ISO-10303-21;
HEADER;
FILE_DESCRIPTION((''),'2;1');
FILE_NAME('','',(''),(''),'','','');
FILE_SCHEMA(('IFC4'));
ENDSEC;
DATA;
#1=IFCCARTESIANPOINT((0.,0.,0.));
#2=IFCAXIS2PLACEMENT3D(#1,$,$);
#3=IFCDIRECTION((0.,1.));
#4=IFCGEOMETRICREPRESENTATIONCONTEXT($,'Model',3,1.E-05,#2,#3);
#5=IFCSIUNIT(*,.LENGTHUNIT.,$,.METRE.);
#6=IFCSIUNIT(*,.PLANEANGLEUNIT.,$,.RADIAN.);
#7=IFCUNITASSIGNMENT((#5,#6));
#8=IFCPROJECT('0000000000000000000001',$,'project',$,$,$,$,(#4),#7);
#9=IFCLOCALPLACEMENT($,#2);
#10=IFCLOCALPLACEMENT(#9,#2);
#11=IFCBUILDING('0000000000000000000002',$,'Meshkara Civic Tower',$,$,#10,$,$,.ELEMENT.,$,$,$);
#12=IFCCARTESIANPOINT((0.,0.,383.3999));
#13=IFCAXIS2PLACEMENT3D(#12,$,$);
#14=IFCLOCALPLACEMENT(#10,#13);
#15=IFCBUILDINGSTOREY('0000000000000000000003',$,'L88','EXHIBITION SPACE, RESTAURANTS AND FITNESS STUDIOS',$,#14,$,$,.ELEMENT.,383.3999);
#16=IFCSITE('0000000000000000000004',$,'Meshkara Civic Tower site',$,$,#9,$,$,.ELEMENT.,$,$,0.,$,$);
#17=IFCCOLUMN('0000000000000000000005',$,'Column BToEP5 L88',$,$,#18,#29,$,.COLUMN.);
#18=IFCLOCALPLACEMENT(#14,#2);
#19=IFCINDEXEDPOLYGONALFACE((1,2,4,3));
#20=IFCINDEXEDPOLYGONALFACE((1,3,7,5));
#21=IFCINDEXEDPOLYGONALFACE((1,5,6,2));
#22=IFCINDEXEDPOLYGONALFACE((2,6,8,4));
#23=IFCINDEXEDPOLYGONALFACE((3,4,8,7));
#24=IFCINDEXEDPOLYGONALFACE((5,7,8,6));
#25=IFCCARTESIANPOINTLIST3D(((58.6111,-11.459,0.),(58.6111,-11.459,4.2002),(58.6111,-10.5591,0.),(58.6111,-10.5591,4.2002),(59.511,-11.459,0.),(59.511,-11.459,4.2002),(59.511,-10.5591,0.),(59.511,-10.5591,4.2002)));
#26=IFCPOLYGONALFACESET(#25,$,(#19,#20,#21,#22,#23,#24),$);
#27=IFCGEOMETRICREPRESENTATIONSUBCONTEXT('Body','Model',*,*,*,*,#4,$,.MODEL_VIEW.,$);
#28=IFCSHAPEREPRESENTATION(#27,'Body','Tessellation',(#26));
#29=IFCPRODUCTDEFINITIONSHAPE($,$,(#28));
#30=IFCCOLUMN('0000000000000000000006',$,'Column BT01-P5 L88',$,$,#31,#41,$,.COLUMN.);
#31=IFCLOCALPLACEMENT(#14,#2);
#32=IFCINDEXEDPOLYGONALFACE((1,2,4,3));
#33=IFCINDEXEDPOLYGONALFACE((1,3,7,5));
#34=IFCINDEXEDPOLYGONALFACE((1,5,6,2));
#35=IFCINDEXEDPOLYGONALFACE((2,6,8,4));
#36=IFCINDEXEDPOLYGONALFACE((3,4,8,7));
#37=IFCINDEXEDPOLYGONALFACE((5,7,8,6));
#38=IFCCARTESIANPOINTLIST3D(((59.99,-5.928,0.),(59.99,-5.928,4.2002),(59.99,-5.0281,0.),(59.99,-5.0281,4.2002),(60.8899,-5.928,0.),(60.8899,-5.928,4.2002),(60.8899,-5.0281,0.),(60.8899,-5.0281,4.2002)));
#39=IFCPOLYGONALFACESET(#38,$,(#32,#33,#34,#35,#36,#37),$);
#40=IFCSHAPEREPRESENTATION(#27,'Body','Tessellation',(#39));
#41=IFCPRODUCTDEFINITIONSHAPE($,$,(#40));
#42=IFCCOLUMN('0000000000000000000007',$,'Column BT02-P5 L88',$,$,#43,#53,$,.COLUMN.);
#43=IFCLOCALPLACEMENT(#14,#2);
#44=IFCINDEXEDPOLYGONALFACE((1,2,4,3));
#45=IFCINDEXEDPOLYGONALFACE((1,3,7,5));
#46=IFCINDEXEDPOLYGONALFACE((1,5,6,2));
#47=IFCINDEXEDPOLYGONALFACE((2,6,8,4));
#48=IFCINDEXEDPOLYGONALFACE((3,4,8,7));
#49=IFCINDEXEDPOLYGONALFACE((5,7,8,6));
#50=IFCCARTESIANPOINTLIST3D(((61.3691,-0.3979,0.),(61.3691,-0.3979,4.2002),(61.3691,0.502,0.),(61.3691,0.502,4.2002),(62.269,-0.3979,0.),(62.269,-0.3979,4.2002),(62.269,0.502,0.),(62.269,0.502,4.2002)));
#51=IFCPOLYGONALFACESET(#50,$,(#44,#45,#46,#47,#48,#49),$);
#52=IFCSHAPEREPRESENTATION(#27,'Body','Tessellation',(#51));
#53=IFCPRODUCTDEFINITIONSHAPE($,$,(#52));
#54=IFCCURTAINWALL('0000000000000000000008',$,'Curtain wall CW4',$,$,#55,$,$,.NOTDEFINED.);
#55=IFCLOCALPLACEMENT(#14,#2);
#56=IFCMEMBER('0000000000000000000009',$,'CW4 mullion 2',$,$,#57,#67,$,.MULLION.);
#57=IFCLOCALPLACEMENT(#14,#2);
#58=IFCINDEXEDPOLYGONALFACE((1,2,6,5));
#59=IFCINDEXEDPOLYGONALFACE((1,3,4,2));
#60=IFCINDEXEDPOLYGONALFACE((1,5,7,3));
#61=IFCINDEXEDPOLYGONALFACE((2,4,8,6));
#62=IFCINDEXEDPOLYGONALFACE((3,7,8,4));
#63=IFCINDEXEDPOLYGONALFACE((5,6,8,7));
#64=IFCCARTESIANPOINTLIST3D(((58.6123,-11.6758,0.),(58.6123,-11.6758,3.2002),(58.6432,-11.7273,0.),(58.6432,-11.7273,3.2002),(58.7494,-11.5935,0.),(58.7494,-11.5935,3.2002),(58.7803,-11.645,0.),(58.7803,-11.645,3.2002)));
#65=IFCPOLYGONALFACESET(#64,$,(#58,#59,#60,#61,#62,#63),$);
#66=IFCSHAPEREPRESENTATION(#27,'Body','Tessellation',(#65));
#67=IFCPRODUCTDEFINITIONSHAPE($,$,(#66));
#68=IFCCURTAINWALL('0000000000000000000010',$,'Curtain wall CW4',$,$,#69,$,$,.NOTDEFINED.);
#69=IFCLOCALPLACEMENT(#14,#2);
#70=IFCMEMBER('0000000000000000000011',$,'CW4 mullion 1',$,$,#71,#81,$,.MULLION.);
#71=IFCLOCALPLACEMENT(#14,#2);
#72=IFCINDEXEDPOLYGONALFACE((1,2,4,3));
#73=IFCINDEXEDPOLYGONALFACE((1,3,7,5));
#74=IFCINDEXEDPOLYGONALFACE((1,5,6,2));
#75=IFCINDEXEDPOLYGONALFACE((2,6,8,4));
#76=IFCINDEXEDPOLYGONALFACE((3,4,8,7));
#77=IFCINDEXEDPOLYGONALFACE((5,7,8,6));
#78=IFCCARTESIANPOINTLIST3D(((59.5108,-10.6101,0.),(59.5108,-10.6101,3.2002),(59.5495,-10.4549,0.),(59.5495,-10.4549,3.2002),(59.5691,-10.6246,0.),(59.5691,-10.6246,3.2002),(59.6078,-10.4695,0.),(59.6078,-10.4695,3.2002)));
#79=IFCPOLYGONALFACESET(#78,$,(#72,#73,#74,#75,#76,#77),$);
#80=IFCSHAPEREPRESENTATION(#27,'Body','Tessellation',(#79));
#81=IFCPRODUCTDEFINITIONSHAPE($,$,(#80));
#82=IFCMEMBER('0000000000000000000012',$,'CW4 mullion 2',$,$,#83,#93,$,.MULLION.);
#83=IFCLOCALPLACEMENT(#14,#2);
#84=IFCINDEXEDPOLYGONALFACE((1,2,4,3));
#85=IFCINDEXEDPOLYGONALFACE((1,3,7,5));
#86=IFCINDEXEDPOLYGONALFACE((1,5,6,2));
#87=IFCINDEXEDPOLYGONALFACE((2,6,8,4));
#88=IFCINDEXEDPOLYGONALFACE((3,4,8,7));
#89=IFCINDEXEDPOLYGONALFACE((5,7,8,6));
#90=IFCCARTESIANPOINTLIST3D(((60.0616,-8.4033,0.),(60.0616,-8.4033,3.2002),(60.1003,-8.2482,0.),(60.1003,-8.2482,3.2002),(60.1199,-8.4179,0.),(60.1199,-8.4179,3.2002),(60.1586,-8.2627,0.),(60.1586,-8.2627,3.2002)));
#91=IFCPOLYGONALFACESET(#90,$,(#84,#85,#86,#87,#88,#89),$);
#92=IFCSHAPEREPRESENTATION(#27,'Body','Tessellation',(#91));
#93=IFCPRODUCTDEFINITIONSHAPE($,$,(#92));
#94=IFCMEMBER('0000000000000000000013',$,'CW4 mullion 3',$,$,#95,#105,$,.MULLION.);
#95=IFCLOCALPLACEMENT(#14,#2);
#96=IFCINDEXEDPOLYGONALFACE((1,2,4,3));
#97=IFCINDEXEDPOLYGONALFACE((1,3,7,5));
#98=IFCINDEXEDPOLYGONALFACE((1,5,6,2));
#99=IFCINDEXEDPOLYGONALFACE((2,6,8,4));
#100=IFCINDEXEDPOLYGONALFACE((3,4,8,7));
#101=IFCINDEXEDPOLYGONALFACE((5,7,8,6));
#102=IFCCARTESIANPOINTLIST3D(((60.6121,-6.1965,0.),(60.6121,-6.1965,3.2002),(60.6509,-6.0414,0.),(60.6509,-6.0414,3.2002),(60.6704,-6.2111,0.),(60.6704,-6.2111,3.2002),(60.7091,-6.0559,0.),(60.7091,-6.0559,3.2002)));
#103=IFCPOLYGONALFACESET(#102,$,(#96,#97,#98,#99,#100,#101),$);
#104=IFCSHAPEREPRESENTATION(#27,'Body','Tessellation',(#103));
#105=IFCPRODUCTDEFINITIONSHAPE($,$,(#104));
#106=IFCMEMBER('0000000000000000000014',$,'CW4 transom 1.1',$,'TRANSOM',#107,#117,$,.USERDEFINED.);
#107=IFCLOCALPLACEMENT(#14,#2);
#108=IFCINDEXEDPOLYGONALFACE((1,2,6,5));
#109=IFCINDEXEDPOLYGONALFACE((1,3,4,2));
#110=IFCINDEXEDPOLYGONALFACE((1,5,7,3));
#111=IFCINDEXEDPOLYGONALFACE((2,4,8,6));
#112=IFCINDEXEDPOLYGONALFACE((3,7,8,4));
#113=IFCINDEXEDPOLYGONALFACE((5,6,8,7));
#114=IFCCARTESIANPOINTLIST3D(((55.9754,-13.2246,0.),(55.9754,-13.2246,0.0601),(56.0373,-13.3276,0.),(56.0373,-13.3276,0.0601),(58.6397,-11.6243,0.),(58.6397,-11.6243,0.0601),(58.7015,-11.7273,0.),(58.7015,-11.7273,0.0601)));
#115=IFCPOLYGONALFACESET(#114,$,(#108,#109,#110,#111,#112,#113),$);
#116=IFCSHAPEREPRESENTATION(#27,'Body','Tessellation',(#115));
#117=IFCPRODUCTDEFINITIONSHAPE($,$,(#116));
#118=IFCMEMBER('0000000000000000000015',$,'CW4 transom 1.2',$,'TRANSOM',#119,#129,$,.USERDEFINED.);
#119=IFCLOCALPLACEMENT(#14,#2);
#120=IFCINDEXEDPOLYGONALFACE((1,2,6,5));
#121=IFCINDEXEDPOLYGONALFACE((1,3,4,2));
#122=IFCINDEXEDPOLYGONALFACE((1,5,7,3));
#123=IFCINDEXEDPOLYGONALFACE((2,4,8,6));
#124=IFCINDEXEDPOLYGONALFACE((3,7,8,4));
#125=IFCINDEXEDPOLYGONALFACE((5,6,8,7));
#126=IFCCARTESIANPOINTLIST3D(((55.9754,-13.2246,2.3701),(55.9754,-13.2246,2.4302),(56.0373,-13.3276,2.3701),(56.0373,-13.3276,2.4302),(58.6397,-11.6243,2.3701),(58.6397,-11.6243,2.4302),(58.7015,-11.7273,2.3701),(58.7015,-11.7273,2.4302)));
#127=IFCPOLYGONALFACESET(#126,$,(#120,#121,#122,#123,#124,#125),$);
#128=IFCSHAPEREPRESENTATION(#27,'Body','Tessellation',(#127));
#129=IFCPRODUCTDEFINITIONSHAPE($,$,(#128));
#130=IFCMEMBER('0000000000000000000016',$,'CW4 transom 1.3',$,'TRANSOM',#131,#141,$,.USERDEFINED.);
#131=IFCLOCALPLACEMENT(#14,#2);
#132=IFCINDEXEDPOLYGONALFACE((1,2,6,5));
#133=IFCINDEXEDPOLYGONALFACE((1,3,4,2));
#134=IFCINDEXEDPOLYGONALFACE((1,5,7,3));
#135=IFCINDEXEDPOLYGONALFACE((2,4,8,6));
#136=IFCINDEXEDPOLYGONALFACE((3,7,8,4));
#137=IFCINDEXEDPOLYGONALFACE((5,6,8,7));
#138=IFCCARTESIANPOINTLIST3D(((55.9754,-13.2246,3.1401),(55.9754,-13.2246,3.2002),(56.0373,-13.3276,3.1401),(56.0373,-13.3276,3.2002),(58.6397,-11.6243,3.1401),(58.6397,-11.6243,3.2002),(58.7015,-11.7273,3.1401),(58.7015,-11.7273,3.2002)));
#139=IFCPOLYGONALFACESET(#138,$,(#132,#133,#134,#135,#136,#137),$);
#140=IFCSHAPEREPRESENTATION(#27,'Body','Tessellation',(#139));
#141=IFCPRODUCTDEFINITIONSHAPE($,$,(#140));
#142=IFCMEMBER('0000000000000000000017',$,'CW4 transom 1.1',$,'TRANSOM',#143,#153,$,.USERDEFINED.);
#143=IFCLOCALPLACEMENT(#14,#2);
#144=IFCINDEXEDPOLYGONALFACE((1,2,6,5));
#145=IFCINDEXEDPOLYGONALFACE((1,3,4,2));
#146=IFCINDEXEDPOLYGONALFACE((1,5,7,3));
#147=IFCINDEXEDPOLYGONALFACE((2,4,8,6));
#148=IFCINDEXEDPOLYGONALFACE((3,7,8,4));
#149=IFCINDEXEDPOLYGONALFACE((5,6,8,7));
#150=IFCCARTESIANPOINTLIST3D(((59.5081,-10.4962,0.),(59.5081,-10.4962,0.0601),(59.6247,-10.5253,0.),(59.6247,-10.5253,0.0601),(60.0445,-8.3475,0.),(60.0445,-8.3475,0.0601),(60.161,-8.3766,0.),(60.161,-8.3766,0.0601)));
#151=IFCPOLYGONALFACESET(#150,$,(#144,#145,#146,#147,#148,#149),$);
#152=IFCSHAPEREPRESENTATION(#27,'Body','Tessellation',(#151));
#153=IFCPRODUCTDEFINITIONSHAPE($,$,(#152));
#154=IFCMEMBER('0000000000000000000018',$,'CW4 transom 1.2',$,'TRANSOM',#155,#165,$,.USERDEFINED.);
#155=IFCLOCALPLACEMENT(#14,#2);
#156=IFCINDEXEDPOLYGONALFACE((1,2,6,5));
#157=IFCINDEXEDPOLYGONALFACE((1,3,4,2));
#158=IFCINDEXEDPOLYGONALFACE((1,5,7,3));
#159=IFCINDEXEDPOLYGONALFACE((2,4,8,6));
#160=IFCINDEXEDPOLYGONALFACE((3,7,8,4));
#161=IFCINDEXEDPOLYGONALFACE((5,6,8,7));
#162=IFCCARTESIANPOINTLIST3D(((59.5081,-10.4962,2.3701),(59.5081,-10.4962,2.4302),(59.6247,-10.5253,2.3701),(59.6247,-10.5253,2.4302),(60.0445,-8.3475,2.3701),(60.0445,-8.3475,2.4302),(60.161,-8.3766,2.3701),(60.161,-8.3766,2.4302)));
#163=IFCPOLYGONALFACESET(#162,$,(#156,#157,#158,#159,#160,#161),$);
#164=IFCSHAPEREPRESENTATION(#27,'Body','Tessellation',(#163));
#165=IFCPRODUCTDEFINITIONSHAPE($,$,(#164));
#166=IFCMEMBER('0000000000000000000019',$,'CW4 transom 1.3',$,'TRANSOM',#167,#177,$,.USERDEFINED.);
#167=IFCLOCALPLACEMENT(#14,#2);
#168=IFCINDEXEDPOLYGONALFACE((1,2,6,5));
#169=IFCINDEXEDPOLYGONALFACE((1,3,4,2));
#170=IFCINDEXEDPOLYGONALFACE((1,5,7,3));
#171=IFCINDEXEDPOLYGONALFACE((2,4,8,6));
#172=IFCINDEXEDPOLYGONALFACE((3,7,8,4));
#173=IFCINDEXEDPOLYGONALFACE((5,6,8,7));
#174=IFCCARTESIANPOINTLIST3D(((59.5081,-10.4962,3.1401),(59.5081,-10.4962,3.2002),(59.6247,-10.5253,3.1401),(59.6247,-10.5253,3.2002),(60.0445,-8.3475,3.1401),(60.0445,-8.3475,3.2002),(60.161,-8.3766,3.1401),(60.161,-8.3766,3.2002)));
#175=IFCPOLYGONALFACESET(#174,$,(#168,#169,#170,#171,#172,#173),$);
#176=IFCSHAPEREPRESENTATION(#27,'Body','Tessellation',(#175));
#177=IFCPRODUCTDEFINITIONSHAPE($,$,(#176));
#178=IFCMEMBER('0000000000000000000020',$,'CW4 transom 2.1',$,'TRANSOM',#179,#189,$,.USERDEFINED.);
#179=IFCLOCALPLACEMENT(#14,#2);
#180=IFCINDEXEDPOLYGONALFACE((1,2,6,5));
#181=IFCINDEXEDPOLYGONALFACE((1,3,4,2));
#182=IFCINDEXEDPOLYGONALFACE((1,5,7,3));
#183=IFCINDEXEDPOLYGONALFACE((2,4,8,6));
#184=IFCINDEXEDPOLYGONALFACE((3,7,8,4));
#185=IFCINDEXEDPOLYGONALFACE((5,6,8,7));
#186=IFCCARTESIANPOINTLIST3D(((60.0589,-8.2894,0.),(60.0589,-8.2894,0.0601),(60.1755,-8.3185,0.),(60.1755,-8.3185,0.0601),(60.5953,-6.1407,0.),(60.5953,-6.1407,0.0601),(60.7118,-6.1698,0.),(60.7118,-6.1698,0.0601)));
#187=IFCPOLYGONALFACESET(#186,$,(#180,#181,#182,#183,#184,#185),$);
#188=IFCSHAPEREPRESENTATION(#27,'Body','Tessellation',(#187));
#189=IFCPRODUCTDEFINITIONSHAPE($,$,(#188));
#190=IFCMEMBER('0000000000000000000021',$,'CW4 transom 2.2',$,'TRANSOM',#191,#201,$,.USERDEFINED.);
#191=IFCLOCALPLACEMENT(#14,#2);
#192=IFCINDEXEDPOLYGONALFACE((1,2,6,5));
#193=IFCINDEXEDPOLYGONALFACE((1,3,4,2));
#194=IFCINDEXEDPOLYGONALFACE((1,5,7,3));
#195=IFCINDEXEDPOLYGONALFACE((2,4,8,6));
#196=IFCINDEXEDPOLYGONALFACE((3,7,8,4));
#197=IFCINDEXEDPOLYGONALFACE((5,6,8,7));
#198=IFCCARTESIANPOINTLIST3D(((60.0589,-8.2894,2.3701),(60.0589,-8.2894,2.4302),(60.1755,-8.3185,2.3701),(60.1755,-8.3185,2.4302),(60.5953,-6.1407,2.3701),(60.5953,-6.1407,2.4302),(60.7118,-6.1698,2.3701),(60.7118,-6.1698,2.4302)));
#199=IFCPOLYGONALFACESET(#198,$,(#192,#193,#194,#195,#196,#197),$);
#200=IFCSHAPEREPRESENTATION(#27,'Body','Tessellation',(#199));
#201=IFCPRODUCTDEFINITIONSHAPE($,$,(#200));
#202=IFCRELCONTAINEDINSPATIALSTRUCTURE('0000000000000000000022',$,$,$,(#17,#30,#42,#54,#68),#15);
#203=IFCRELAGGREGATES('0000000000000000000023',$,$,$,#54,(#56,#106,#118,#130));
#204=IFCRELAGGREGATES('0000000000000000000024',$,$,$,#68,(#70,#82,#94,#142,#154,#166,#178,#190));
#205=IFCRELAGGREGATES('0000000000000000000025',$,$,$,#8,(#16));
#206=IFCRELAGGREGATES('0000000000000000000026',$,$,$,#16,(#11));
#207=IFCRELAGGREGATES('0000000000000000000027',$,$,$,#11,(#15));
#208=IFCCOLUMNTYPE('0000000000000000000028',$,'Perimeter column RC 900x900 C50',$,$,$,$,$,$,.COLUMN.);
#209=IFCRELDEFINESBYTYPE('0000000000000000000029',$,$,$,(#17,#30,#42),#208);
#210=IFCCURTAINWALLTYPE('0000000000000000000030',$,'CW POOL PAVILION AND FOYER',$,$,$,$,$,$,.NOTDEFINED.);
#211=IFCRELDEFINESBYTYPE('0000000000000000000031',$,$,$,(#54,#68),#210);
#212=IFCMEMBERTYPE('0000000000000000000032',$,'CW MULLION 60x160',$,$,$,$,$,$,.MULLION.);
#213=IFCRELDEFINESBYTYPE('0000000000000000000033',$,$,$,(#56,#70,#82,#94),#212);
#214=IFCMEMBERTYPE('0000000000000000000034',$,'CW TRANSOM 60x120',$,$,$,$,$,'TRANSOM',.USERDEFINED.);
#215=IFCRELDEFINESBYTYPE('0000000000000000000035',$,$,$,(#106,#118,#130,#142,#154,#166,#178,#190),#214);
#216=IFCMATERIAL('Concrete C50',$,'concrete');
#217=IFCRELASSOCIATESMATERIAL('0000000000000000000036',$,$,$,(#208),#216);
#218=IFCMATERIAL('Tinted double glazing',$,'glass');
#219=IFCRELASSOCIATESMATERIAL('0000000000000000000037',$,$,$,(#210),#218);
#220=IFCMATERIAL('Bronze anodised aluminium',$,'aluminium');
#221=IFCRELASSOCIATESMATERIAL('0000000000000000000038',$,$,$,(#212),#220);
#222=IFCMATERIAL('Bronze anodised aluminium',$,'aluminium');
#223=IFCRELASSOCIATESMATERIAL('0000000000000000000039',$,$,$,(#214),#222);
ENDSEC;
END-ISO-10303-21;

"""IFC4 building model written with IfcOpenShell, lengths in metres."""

from ifc_helpers import new_model, si_unit, direction, frame, origin, origin_2d, place, context, subcontext, project, spatial, rectangle, extrude, material, material_profile, profile_set, type_object, element, aggregate, save


model = new_model("IFC4")

# Units and contexts
model_context = context("Model", 3, precision=1e-05, world=origin(), true_north=direction((0.0, 1.0)))
body_context = subcontext(model_context, "Body", "Model", "MODEL_VIEW")
ifc_project = project(units=[si_unit("LENGTHUNIT", "METRE"), si_unit("PLANEANGLEUNIT", "RADIAN")], contexts=[model_context])

# Site, building, storey
site_placement = place(None, origin())
site = spatial("IfcSite", under=ifc_project, at=site_placement, Name="Meshkara Civic Tower site", CompositionType="ELEMENT", RefElevation=0.0)
building_placement = place(site_placement, origin())
building = spatial("IfcBuilding", under=site, at=building_placement, Name="Meshkara Civic Tower", CompositionType="ELEMENT")
storey_placement = place(building_placement, frame((0.0, 0.0, 383.3999)))
storey = spatial("IfcBuildingStorey", under=building, at=storey_placement, Name="L88", Description="EXHIBITION SPACE, RESTAURANTS AND FITNESS STUDIOS", CompositionType="ELEMENT", Elevation=383.3999)

# Columns
ifc_material_1 = material(Name="Concrete C50", Category="concrete")
ifc_material_profile_1 = material_profile(ifc_material_1, rectangle(XDim=0.8999, YDim=0.8999, at=origin_2d()))
ifc_profile_set_1 = profile_set([ifc_material_profile_1], Name="Concrete C50")
column_type = type_object("IfcColumnType", Name="Perimeter column RC 900x900 C50", PredefinedType="COLUMN", material=ifc_profile_set_1)
for number, where, z_axis, x_axis, name in (
    (1, (59.061, -11.009, 0.0), (0.0, 0.0, 1.0), (1.0, 0.0, 0.0), "Column BToEP5 L88"),
    (2, (60.4399, -5.478, 0.0), (0.0, 0.0, 1.0), (1.0, 0.0, 0.0), "Column BT01-P5 L88"),
    (3, (61.8191, 0.052, 0.0), (0.0, 0.0, 1.0), (1.0, 0.0, 0.0), "Column BT02-P5 L88"),
):
    element("IfcColumn", number, at=place(storey_placement, frame(where, z_axis=z_axis, x_axis=x_axis)), inside=storey, type_object=column_type, Name=name, PredefinedType="COLUMN", context=body_context, shape_type="SweptSolid", body=[
        extrude(rectangle(XDim=0.8999, YDim=0.8999, at=origin_2d()), origin(), (0.0, 0.0, 1.0), 4.2002),
    ])

# Curtain wall, member
ifc_material_2 = material(Name="Tinted double glazing", Category="glass")
curtain_wall_type = type_object("IfcCurtainWallType", Name="CW POOL PAVILION AND FOYER", PredefinedType="NOTDEFINED", material=ifc_material_2)
curtain_wall_1_placement = place(storey_placement, origin())
curtain_wall_1 = element("IfcCurtainWall", 4, at=curtain_wall_1_placement, inside=storey, type_object=curtain_wall_type, Name="Curtain wall CW4", PredefinedType="NOTDEFINED")
ifc_material_3 = material(Name="Bronze anodised aluminium", Category="aluminium")
ifc_material_profile_2 = material_profile(ifc_material_3, rectangle(XDim=0.0601, YDim=0.1599, at=origin_2d()))
ifc_profile_set_2 = profile_set([ifc_material_profile_2], Name="Bronze anodised aluminium")
member_type_1 = type_object("IfcMemberType", Name="CW MULLION 60x160", PredefinedType="MULLION", material=ifc_profile_set_2)
member_1_placement = place(storey_placement, frame((58.6963, -11.6604, 0.0), z_axis=(0.0, 0.0, 1.0), x_axis=(-0.514906, 0.857247, 0.0)))
member_1 = element("IfcMember", 5, at=member_1_placement, type_object=member_type_1, Name="CW4 mullion 2", PredefinedType="MULLION", context=body_context, shape_type="SweptSolid", body=[
    extrude(rectangle(XDim=0.0601, YDim=0.1599, at=origin_2d()), origin(), (0.0, 0.0, 1.0), 3.2002),
])

# Curtain wall, members
curtain_wall_2_placement = place(storey_placement, origin())
curtain_wall_2 = element("IfcCurtainWall", 6, at=curtain_wall_2_placement, inside=storey, type_object=curtain_wall_type, Name="Curtain wall CW4", PredefinedType="NOTDEFINED")
member_2_placement = place(storey_placement, frame((59.5593, -10.5398, 0.0), z_axis=(0.0, 0.0, 1.0), x_axis=(-0.970245, 0.242127, 0.0)))
member_2 = element("IfcMember", 7, at=member_2_placement, type_object=member_type_1, Name="CW4 mullion 1", PredefinedType="MULLION", context=body_context, shape_type="SweptSolid", body=[
    extrude(rectangle(XDim=0.0601, YDim=0.1599, at=origin_2d()), origin(), (0.0, 0.0, 1.0), 3.2002),
])
member_3_placement = place(storey_placement, frame((60.1101, -8.333, 0.0), z_axis=(0.0, 0.0, 1.0), x_axis=(-0.970245, 0.242127, 0.0)))
member_3 = element("IfcMember", 8, at=member_3_placement, type_object=member_type_1, Name="CW4 mullion 2", PredefinedType="MULLION", context=body_context, shape_type="SweptSolid", body=[
    extrude(rectangle(XDim=0.0601, YDim=0.1599, at=origin_2d()), origin(), (0.0, 0.0, 1.0), 3.2002),
])
member_4_placement = place(storey_placement, frame((60.6606, -6.1262, 0.0), z_axis=(0.0, 0.0, 1.0), x_axis=(-0.970245, 0.242127, 0.0)))
member_4 = element("IfcMember", 9, at=member_4_placement, type_object=member_type_1, Name="CW4 mullion 3", PredefinedType="MULLION", context=body_context, shape_type="SweptSolid", body=[
    extrude(rectangle(XDim=0.0601, YDim=0.1599, at=origin_2d()), origin(), (0.0, 0.0, 1.0), 3.2002),
])

# Members
ifc_material_4 = material(Name="Bronze anodised aluminium", Category="aluminium")
ifc_material_profile_3 = material_profile(ifc_material_4, rectangle(XDim=0.1201, YDim=0.0601, at=origin_2d()))
ifc_profile_set_3 = profile_set([ifc_material_profile_3], Name="Bronze anodised aluminium")
member_type_2 = type_object("IfcMemberType", Name="CW TRANSOM 60x120", ElementType="TRANSOM", PredefinedType="USERDEFINED", material=ifc_profile_set_3)
member_5_placement = place(storey_placement, frame((56.0063, -13.2761, 0.03), z_axis=(0.857243, 0.514912, 0.0), x_axis=(-0.514912, 0.857243, 0.0)))
member_5 = element("IfcMember", 10, at=member_5_placement, type_object=member_type_2, Name="CW4 transom 1.1", ObjectType="TRANSOM", PredefinedType="USERDEFINED", context=body_context, shape_type="SweptSolid", body=[
    extrude(rectangle(XDim=0.1201, YDim=0.0601, at=origin_2d()), origin(), (0.0, 0.0, 1.0), 3.1079),
])
member_6_placement = place(storey_placement, frame((56.0063, -13.2761, 2.4001), z_axis=(0.857243, 0.514912, 0.0), x_axis=(-0.514912, 0.857243, 0.0)))
member_6 = element("IfcMember", 11, at=member_6_placement, type_object=member_type_2, Name="CW4 transom 1.2", ObjectType="TRANSOM", PredefinedType="USERDEFINED", context=body_context, shape_type="SweptSolid", body=[
    extrude(rectangle(XDim=0.1201, YDim=0.0601, at=origin_2d()), origin(), (0.0, 0.0, 1.0), 3.1079),
])
member_7_placement = place(storey_placement, frame((56.0063, -13.2761, 3.1702), z_axis=(0.857243, 0.514912, 0.0), x_axis=(-0.514912, 0.857243, 0.0)))
member_7 = element("IfcMember", 12, at=member_7_placement, type_object=member_type_2, Name="CW4 transom 1.3", ObjectType="TRANSOM", PredefinedType="USERDEFINED", context=body_context, shape_type="SweptSolid", body=[
    extrude(rectangle(XDim=0.1201, YDim=0.0601, at=origin_2d()), origin(), (0.0, 0.0, 1.0), 3.1079),
])
member_8_placement = place(storey_placement, frame((59.5664, -10.5107, 0.03), z_axis=(0.242198, 0.970227, 0.0), x_axis=(-0.970227, 0.242198, 0.0)))
member_8 = element("IfcMember", 13, at=member_8_placement, type_object=member_type_2, Name="CW4 transom 1.1", ObjectType="TRANSOM", PredefinedType="USERDEFINED", context=body_context, shape_type="SweptSolid", body=[
    extrude(rectangle(XDim=0.1201, YDim=0.0601, at=origin_2d()), origin(), (0.0, 0.0, 1.0), 2.2146),
])
member_9_placement = place(storey_placement, frame((59.5664, -10.5107, 2.4001), z_axis=(0.242198, 0.970227, 0.0), x_axis=(-0.970227, 0.242198, 0.0)))
member_9 = element("IfcMember", 14, at=member_9_placement, type_object=member_type_2, Name="CW4 transom 1.2", ObjectType="TRANSOM", PredefinedType="USERDEFINED", context=body_context, shape_type="SweptSolid", body=[
    extrude(rectangle(XDim=0.1201, YDim=0.0601, at=origin_2d()), origin(), (0.0, 0.0, 1.0), 2.2146),
])
member_10_placement = place(storey_placement, frame((59.5664, -10.5107, 3.1702), z_axis=(0.242198, 0.970227, 0.0), x_axis=(-0.970227, 0.242198, 0.0)))
member_10 = element("IfcMember", 15, at=member_10_placement, type_object=member_type_2, Name="CW4 transom 1.3", ObjectType="TRANSOM", PredefinedType="USERDEFINED", context=body_context, shape_type="SweptSolid", body=[
    extrude(rectangle(XDim=0.1201, YDim=0.0601, at=origin_2d()), origin(), (0.0, 0.0, 1.0), 2.2146),
])
member_11_placement = place(storey_placement, frame((60.1172, -8.304, 0.03), z_axis=(0.242198, 0.970227, 0.0), x_axis=(-0.970227, 0.242198, 0.0)))
member_11 = element("IfcMember", 16, at=member_11_placement, type_object=member_type_2, Name="CW4 transom 2.1", ObjectType="TRANSOM", PredefinedType="USERDEFINED", context=body_context, shape_type="SweptSolid", body=[
    extrude(rectangle(XDim=0.1201, YDim=0.0601, at=origin_2d()), origin(), (0.0, 0.0, 1.0), 2.2146),
])
member_12_placement = place(storey_placement, frame((60.1172, -8.304, 2.4001), z_axis=(0.242198, 0.970227, 0.0), x_axis=(-0.970227, 0.242198, 0.0)))
member_12 = element("IfcMember", 17, at=member_12_placement, type_object=member_type_2, Name="CW4 transom 2.2", ObjectType="TRANSOM", PredefinedType="USERDEFINED", context=body_context, shape_type="SweptSolid", body=[
    extrude(rectangle(XDim=0.1201, YDim=0.0601, at=origin_2d()), origin(), (0.0, 0.0, 1.0), 2.2146),
])

aggregate(curtain_wall_1, [member_1, member_5, member_6, member_7])
aggregate(curtain_wall_2, [member_2, member_3, member_4, member_8, member_9, member_10, member_11, member_12])

save(model, "model.ifc")
